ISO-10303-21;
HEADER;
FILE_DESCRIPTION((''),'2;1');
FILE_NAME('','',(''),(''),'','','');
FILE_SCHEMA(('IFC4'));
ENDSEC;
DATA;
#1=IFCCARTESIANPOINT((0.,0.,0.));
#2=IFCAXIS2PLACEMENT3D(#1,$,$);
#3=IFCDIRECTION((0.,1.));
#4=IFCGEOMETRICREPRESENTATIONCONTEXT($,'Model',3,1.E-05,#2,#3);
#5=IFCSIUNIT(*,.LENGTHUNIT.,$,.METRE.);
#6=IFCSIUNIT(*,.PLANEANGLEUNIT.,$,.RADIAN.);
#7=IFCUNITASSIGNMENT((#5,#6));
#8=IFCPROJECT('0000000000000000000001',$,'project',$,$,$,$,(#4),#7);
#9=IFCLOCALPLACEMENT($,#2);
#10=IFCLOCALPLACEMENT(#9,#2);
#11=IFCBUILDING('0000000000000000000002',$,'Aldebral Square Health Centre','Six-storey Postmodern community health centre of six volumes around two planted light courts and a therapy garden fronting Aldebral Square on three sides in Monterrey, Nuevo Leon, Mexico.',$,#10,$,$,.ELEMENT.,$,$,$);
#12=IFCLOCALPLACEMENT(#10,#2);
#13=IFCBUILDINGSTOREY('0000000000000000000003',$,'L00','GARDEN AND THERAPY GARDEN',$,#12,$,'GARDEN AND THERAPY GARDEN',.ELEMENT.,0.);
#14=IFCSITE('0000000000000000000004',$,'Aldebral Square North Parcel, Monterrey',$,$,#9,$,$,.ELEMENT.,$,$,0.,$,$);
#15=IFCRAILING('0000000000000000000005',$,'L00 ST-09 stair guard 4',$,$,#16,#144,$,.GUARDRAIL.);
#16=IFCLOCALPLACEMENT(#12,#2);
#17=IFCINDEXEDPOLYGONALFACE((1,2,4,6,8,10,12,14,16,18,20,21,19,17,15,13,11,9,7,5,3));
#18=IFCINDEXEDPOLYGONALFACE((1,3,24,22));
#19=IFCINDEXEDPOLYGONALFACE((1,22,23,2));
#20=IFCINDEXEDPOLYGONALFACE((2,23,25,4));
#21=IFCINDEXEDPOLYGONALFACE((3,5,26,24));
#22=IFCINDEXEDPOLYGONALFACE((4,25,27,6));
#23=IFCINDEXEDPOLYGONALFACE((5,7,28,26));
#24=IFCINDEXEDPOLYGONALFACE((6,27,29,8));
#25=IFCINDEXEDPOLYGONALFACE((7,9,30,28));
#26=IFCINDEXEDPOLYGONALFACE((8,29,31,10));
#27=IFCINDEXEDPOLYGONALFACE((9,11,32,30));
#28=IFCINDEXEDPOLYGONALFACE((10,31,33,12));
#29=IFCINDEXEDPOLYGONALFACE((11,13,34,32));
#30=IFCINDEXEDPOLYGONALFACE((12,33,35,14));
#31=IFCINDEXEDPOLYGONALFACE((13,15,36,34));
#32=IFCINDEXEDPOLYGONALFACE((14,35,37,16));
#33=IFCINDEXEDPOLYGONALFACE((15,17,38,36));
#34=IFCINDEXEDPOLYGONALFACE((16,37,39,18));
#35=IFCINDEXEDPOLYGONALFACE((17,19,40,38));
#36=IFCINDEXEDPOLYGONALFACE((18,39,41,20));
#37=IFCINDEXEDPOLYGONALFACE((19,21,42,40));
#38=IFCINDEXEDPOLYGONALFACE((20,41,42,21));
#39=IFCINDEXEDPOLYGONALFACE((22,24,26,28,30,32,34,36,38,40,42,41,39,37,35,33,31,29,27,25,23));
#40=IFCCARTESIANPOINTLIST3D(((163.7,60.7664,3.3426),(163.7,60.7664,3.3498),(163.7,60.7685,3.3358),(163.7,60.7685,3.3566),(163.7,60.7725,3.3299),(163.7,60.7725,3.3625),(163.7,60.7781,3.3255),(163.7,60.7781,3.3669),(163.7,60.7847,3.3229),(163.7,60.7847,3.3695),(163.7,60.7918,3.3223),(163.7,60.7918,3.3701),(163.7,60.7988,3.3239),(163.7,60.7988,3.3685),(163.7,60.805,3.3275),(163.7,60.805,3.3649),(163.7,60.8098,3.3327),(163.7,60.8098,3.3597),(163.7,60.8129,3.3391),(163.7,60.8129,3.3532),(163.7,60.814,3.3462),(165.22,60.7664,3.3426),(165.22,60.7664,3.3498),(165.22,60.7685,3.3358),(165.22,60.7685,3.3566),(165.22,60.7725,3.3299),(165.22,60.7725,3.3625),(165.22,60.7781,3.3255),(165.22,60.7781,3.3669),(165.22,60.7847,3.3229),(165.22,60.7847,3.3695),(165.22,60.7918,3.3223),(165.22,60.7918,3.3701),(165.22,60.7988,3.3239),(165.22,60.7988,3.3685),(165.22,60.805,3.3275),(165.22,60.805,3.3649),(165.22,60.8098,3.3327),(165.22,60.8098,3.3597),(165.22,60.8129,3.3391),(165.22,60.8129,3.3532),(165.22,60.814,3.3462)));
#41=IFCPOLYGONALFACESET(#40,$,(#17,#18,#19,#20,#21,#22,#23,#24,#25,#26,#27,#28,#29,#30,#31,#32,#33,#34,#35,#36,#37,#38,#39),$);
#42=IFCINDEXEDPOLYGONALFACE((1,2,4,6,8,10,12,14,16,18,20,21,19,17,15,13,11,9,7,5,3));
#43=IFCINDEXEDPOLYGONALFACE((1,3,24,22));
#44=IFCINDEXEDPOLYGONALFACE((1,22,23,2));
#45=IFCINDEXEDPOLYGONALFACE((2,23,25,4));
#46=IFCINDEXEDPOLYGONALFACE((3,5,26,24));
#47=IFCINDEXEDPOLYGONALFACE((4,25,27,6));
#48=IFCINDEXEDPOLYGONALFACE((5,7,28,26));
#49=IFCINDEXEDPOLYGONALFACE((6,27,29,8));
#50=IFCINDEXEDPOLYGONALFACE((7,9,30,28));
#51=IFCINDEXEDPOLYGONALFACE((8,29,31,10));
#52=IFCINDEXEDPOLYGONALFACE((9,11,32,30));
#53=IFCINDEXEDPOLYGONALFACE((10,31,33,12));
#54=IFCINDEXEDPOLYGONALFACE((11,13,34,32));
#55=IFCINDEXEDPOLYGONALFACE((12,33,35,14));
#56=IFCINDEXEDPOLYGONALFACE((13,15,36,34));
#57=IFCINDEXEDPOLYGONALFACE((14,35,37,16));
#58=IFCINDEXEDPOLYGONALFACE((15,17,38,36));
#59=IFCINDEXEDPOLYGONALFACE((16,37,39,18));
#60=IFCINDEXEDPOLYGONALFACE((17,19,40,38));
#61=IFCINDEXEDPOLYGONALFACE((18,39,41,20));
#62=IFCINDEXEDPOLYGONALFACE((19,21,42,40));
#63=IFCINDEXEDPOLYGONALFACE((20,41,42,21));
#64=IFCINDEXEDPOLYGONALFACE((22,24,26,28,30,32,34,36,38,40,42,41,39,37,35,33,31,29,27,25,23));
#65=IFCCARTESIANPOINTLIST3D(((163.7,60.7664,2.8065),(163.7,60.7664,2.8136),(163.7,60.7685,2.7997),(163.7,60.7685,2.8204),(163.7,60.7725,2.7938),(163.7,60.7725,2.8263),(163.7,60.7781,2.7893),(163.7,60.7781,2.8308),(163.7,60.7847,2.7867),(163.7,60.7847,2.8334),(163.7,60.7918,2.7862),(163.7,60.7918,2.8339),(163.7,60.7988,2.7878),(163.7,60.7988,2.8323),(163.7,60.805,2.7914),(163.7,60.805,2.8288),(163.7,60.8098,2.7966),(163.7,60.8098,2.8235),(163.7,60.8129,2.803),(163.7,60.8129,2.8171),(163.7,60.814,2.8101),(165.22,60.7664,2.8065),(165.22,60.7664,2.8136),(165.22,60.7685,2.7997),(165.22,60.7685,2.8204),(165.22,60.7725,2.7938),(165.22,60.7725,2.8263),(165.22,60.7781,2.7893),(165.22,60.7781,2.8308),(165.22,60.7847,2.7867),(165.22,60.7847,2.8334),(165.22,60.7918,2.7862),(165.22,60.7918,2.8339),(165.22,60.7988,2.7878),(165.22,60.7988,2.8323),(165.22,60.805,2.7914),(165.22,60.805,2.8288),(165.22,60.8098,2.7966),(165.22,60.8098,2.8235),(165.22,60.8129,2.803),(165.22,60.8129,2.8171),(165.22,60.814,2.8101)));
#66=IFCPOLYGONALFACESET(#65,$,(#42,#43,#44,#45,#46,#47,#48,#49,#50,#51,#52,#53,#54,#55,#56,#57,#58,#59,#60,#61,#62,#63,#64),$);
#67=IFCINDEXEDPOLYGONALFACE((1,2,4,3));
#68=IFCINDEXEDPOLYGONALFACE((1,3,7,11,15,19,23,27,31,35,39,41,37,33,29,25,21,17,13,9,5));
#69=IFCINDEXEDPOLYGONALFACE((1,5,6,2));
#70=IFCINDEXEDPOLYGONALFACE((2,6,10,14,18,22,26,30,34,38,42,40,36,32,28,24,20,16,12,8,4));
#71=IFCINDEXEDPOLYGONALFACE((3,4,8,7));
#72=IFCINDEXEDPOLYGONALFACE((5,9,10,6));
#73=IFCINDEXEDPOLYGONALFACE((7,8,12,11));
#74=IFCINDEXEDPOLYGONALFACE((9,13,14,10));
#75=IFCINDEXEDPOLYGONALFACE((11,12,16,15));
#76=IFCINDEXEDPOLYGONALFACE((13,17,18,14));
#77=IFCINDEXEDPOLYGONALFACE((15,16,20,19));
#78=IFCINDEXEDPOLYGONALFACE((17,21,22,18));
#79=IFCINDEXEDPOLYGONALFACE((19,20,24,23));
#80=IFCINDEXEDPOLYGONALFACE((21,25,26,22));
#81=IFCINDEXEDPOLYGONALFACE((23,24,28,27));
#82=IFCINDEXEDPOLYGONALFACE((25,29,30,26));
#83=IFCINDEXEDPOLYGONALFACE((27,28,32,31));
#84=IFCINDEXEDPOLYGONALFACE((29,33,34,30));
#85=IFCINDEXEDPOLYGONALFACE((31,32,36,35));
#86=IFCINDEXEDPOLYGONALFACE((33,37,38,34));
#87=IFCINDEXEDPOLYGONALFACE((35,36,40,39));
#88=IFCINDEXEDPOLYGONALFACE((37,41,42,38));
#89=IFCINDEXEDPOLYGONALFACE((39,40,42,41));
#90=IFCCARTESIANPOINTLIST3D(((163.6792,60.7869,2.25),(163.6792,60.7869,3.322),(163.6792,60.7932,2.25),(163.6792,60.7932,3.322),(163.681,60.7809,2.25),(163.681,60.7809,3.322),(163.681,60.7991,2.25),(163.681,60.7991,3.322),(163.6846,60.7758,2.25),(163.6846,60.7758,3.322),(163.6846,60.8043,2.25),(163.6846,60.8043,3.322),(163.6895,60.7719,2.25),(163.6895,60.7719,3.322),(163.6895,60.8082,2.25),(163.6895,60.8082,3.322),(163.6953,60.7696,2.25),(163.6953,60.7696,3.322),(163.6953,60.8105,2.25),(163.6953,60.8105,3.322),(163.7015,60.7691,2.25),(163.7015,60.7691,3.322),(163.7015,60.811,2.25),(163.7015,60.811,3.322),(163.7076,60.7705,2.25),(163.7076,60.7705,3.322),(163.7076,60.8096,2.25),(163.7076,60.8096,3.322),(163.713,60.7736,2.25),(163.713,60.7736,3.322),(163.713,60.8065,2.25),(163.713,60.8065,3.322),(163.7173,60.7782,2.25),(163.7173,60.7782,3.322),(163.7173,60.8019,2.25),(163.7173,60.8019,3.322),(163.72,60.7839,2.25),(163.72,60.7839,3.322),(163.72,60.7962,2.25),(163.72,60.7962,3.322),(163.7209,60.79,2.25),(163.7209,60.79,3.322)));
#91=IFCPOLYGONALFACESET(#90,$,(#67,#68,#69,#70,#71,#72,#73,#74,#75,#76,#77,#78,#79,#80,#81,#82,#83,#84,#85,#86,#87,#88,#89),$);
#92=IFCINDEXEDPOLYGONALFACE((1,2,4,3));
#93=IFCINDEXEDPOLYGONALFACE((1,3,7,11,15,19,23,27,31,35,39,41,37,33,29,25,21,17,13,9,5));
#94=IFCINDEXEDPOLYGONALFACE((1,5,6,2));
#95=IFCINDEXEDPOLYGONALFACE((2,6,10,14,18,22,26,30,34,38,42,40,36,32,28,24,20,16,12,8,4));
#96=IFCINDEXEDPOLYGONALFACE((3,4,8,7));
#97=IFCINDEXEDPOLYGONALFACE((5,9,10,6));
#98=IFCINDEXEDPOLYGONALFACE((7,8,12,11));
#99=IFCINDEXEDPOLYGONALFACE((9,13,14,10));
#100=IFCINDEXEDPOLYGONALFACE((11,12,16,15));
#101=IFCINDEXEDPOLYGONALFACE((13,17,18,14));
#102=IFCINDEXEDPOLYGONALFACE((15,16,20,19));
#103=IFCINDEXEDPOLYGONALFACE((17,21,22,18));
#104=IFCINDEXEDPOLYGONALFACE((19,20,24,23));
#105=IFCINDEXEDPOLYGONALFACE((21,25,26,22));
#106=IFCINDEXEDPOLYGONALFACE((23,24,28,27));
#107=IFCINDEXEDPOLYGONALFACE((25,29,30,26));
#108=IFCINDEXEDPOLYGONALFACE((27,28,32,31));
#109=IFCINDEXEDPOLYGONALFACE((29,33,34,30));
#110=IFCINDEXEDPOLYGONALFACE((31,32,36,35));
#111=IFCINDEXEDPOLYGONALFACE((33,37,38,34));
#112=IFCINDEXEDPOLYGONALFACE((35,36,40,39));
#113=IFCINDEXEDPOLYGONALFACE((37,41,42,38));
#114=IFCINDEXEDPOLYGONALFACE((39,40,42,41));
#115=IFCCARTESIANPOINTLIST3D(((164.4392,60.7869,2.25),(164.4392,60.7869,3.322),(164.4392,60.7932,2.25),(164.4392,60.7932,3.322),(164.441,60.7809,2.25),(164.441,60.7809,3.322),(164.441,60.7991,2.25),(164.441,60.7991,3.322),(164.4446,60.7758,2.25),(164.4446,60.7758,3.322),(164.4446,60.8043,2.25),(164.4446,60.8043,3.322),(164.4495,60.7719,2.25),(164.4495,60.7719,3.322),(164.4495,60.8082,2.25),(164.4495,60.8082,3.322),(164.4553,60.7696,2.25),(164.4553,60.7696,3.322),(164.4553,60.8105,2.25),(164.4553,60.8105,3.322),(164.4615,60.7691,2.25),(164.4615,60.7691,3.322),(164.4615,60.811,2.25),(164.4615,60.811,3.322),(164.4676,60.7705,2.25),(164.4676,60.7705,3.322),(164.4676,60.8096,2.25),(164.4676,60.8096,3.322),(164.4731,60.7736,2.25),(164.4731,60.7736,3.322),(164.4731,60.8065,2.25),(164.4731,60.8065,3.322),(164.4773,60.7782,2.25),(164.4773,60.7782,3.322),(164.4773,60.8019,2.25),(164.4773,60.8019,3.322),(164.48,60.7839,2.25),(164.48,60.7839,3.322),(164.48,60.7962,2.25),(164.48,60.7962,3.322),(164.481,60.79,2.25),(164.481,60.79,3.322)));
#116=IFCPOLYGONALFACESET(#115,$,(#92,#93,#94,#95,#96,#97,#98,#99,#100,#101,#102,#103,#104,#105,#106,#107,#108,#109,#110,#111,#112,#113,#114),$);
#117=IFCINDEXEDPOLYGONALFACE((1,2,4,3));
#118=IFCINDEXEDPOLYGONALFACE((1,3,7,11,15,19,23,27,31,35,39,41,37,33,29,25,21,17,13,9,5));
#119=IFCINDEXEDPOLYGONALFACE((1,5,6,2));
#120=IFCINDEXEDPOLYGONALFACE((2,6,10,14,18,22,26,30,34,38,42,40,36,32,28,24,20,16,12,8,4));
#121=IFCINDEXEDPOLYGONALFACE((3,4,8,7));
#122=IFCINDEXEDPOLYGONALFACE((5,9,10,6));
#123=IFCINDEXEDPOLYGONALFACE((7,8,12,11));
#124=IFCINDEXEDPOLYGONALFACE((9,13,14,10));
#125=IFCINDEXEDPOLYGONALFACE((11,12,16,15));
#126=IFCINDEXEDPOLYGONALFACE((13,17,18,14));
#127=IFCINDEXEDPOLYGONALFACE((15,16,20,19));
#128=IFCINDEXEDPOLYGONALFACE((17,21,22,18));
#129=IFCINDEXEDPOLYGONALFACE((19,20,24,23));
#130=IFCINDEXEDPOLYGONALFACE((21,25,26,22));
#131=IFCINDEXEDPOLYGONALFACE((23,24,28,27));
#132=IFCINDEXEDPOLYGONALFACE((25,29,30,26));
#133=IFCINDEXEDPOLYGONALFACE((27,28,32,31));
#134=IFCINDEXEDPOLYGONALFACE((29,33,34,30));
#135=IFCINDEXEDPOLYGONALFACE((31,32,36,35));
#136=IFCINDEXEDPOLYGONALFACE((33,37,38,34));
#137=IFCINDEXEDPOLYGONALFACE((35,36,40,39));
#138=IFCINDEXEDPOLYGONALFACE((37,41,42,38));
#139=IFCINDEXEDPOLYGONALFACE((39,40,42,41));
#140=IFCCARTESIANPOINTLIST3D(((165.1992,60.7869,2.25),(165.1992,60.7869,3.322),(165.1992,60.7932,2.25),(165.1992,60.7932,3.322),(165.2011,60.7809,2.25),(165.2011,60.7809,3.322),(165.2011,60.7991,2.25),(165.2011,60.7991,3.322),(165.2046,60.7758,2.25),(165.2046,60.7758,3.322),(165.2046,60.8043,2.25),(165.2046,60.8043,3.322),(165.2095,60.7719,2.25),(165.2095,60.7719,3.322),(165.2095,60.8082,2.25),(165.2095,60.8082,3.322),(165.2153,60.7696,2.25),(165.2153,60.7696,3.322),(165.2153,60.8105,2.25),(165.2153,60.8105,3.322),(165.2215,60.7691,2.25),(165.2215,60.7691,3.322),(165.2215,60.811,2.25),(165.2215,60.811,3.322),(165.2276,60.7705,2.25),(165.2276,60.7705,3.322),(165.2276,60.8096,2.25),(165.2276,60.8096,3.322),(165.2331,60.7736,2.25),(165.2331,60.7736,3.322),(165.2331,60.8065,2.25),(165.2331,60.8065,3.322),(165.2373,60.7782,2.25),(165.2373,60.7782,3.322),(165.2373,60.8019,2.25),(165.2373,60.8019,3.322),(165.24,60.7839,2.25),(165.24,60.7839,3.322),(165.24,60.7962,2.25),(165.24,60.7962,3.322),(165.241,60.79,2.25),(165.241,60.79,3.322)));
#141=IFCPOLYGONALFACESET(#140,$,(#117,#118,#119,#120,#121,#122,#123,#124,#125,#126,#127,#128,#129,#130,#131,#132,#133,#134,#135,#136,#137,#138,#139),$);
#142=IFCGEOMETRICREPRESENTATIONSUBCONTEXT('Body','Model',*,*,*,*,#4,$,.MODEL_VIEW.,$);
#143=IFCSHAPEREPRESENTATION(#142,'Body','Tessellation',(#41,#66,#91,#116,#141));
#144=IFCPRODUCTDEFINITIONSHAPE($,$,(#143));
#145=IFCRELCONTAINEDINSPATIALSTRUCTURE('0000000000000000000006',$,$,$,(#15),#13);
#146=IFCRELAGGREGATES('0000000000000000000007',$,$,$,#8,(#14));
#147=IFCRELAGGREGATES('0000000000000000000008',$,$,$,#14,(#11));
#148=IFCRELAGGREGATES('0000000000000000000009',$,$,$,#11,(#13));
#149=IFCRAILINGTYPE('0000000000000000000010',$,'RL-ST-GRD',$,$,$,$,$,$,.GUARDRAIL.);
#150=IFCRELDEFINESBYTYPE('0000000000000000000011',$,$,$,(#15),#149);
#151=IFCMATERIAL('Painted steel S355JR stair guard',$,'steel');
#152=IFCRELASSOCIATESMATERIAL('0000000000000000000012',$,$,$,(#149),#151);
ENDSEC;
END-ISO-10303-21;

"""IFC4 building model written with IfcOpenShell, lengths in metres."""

from ifc_helpers import new_model, si_unit, direction, frame, origin, origin_2d, place, context, subcontext, project, spatial, circle, extrude, material, type_object, element, save


model = new_model("IFC4")

# Units and contexts
model_context = context("Model", 3, precision=1e-05, world=origin(), true_north=direction((0.0, 1.0)))
body_context = subcontext(model_context, "Body", "Model", "MODEL_VIEW")
ifc_project = project(units=[si_unit("LENGTHUNIT", "METRE"), si_unit("PLANEANGLEUNIT", "RADIAN")], contexts=[model_context])

# Site, building, storey
site_placement = place(None, origin())
site = spatial("IfcSite", under=ifc_project, at=site_placement, Name="Aldebral Square North Parcel, Monterrey", CompositionType="ELEMENT", RefElevation=0.0)
building_placement = place(site_placement, origin())
building = spatial("IfcBuilding", under=site, at=building_placement, Name="Aldebral Square Health Centre", Description="Six-storey Postmodern community health centre of six volumes around two planted light courts and a therapy garden fronting Aldebral Square on three sides in Monterrey, Nuevo Leon, Mexico.", CompositionType="ELEMENT")
storey_placement = place(building_placement, origin())
storey = spatial("IfcBuildingStorey", under=building, at=storey_placement, Name="L00", Description="GARDEN AND THERAPY GARDEN", LongName="GARDEN AND THERAPY GARDEN", CompositionType="ELEMENT", Elevation=0.0)

# Railing
ifc_material_1 = material(Name="Painted steel S355JR stair guard", Category="steel")
railing_type_1 = type_object("IfcRailingType", Name="RL-ST-GRD", PredefinedType="GUARDRAIL", material=ifc_material_1)
for number, where, name in (
    (1, (163.7, 60.79, 2.25), "L00 ST-09 stair guard 4"),
):
    element("IfcRailing", number, at=place(storey_placement, frame(where)), inside=storey, type_object=railing_type_1, Name=name, PredefinedType="GUARDRAIL", context=body_context, shape_type="SweptSolid", body=[
        extrude(circle(Radius=0.0239, at=origin_2d()), frame((0.0, 0.0, 1.0962), z_axis=(1.0, 0.0, 0.0), x_axis=(0.0, 1.0, 0.0)), (0.0, 0.0, 1.0), 1.52),
        extrude(circle(Radius=0.0239, at=origin_2d()), frame((0.0, 0.0, 0.5601), z_axis=(1.0, 0.0, 0.0), x_axis=(0.0, 1.0, 0.0)), (0.0, 0.0, 1.0), 1.52),
        extrude(circle(Radius=0.021, at=origin_2d()), origin(), (0.0, 0.0, 1.0), 1.072),
        extrude(circle(Radius=0.021, at=origin_2d()), frame((0.76, 0.0, 0.0)), (0.0, 0.0, 1.0), 1.072),
        extrude(circle(Radius=0.021, at=origin_2d()), frame((1.52, 0.0, 0.0)), (0.0, 0.0, 1.0), 1.072),
    ])

save(model, "model.ifc")
